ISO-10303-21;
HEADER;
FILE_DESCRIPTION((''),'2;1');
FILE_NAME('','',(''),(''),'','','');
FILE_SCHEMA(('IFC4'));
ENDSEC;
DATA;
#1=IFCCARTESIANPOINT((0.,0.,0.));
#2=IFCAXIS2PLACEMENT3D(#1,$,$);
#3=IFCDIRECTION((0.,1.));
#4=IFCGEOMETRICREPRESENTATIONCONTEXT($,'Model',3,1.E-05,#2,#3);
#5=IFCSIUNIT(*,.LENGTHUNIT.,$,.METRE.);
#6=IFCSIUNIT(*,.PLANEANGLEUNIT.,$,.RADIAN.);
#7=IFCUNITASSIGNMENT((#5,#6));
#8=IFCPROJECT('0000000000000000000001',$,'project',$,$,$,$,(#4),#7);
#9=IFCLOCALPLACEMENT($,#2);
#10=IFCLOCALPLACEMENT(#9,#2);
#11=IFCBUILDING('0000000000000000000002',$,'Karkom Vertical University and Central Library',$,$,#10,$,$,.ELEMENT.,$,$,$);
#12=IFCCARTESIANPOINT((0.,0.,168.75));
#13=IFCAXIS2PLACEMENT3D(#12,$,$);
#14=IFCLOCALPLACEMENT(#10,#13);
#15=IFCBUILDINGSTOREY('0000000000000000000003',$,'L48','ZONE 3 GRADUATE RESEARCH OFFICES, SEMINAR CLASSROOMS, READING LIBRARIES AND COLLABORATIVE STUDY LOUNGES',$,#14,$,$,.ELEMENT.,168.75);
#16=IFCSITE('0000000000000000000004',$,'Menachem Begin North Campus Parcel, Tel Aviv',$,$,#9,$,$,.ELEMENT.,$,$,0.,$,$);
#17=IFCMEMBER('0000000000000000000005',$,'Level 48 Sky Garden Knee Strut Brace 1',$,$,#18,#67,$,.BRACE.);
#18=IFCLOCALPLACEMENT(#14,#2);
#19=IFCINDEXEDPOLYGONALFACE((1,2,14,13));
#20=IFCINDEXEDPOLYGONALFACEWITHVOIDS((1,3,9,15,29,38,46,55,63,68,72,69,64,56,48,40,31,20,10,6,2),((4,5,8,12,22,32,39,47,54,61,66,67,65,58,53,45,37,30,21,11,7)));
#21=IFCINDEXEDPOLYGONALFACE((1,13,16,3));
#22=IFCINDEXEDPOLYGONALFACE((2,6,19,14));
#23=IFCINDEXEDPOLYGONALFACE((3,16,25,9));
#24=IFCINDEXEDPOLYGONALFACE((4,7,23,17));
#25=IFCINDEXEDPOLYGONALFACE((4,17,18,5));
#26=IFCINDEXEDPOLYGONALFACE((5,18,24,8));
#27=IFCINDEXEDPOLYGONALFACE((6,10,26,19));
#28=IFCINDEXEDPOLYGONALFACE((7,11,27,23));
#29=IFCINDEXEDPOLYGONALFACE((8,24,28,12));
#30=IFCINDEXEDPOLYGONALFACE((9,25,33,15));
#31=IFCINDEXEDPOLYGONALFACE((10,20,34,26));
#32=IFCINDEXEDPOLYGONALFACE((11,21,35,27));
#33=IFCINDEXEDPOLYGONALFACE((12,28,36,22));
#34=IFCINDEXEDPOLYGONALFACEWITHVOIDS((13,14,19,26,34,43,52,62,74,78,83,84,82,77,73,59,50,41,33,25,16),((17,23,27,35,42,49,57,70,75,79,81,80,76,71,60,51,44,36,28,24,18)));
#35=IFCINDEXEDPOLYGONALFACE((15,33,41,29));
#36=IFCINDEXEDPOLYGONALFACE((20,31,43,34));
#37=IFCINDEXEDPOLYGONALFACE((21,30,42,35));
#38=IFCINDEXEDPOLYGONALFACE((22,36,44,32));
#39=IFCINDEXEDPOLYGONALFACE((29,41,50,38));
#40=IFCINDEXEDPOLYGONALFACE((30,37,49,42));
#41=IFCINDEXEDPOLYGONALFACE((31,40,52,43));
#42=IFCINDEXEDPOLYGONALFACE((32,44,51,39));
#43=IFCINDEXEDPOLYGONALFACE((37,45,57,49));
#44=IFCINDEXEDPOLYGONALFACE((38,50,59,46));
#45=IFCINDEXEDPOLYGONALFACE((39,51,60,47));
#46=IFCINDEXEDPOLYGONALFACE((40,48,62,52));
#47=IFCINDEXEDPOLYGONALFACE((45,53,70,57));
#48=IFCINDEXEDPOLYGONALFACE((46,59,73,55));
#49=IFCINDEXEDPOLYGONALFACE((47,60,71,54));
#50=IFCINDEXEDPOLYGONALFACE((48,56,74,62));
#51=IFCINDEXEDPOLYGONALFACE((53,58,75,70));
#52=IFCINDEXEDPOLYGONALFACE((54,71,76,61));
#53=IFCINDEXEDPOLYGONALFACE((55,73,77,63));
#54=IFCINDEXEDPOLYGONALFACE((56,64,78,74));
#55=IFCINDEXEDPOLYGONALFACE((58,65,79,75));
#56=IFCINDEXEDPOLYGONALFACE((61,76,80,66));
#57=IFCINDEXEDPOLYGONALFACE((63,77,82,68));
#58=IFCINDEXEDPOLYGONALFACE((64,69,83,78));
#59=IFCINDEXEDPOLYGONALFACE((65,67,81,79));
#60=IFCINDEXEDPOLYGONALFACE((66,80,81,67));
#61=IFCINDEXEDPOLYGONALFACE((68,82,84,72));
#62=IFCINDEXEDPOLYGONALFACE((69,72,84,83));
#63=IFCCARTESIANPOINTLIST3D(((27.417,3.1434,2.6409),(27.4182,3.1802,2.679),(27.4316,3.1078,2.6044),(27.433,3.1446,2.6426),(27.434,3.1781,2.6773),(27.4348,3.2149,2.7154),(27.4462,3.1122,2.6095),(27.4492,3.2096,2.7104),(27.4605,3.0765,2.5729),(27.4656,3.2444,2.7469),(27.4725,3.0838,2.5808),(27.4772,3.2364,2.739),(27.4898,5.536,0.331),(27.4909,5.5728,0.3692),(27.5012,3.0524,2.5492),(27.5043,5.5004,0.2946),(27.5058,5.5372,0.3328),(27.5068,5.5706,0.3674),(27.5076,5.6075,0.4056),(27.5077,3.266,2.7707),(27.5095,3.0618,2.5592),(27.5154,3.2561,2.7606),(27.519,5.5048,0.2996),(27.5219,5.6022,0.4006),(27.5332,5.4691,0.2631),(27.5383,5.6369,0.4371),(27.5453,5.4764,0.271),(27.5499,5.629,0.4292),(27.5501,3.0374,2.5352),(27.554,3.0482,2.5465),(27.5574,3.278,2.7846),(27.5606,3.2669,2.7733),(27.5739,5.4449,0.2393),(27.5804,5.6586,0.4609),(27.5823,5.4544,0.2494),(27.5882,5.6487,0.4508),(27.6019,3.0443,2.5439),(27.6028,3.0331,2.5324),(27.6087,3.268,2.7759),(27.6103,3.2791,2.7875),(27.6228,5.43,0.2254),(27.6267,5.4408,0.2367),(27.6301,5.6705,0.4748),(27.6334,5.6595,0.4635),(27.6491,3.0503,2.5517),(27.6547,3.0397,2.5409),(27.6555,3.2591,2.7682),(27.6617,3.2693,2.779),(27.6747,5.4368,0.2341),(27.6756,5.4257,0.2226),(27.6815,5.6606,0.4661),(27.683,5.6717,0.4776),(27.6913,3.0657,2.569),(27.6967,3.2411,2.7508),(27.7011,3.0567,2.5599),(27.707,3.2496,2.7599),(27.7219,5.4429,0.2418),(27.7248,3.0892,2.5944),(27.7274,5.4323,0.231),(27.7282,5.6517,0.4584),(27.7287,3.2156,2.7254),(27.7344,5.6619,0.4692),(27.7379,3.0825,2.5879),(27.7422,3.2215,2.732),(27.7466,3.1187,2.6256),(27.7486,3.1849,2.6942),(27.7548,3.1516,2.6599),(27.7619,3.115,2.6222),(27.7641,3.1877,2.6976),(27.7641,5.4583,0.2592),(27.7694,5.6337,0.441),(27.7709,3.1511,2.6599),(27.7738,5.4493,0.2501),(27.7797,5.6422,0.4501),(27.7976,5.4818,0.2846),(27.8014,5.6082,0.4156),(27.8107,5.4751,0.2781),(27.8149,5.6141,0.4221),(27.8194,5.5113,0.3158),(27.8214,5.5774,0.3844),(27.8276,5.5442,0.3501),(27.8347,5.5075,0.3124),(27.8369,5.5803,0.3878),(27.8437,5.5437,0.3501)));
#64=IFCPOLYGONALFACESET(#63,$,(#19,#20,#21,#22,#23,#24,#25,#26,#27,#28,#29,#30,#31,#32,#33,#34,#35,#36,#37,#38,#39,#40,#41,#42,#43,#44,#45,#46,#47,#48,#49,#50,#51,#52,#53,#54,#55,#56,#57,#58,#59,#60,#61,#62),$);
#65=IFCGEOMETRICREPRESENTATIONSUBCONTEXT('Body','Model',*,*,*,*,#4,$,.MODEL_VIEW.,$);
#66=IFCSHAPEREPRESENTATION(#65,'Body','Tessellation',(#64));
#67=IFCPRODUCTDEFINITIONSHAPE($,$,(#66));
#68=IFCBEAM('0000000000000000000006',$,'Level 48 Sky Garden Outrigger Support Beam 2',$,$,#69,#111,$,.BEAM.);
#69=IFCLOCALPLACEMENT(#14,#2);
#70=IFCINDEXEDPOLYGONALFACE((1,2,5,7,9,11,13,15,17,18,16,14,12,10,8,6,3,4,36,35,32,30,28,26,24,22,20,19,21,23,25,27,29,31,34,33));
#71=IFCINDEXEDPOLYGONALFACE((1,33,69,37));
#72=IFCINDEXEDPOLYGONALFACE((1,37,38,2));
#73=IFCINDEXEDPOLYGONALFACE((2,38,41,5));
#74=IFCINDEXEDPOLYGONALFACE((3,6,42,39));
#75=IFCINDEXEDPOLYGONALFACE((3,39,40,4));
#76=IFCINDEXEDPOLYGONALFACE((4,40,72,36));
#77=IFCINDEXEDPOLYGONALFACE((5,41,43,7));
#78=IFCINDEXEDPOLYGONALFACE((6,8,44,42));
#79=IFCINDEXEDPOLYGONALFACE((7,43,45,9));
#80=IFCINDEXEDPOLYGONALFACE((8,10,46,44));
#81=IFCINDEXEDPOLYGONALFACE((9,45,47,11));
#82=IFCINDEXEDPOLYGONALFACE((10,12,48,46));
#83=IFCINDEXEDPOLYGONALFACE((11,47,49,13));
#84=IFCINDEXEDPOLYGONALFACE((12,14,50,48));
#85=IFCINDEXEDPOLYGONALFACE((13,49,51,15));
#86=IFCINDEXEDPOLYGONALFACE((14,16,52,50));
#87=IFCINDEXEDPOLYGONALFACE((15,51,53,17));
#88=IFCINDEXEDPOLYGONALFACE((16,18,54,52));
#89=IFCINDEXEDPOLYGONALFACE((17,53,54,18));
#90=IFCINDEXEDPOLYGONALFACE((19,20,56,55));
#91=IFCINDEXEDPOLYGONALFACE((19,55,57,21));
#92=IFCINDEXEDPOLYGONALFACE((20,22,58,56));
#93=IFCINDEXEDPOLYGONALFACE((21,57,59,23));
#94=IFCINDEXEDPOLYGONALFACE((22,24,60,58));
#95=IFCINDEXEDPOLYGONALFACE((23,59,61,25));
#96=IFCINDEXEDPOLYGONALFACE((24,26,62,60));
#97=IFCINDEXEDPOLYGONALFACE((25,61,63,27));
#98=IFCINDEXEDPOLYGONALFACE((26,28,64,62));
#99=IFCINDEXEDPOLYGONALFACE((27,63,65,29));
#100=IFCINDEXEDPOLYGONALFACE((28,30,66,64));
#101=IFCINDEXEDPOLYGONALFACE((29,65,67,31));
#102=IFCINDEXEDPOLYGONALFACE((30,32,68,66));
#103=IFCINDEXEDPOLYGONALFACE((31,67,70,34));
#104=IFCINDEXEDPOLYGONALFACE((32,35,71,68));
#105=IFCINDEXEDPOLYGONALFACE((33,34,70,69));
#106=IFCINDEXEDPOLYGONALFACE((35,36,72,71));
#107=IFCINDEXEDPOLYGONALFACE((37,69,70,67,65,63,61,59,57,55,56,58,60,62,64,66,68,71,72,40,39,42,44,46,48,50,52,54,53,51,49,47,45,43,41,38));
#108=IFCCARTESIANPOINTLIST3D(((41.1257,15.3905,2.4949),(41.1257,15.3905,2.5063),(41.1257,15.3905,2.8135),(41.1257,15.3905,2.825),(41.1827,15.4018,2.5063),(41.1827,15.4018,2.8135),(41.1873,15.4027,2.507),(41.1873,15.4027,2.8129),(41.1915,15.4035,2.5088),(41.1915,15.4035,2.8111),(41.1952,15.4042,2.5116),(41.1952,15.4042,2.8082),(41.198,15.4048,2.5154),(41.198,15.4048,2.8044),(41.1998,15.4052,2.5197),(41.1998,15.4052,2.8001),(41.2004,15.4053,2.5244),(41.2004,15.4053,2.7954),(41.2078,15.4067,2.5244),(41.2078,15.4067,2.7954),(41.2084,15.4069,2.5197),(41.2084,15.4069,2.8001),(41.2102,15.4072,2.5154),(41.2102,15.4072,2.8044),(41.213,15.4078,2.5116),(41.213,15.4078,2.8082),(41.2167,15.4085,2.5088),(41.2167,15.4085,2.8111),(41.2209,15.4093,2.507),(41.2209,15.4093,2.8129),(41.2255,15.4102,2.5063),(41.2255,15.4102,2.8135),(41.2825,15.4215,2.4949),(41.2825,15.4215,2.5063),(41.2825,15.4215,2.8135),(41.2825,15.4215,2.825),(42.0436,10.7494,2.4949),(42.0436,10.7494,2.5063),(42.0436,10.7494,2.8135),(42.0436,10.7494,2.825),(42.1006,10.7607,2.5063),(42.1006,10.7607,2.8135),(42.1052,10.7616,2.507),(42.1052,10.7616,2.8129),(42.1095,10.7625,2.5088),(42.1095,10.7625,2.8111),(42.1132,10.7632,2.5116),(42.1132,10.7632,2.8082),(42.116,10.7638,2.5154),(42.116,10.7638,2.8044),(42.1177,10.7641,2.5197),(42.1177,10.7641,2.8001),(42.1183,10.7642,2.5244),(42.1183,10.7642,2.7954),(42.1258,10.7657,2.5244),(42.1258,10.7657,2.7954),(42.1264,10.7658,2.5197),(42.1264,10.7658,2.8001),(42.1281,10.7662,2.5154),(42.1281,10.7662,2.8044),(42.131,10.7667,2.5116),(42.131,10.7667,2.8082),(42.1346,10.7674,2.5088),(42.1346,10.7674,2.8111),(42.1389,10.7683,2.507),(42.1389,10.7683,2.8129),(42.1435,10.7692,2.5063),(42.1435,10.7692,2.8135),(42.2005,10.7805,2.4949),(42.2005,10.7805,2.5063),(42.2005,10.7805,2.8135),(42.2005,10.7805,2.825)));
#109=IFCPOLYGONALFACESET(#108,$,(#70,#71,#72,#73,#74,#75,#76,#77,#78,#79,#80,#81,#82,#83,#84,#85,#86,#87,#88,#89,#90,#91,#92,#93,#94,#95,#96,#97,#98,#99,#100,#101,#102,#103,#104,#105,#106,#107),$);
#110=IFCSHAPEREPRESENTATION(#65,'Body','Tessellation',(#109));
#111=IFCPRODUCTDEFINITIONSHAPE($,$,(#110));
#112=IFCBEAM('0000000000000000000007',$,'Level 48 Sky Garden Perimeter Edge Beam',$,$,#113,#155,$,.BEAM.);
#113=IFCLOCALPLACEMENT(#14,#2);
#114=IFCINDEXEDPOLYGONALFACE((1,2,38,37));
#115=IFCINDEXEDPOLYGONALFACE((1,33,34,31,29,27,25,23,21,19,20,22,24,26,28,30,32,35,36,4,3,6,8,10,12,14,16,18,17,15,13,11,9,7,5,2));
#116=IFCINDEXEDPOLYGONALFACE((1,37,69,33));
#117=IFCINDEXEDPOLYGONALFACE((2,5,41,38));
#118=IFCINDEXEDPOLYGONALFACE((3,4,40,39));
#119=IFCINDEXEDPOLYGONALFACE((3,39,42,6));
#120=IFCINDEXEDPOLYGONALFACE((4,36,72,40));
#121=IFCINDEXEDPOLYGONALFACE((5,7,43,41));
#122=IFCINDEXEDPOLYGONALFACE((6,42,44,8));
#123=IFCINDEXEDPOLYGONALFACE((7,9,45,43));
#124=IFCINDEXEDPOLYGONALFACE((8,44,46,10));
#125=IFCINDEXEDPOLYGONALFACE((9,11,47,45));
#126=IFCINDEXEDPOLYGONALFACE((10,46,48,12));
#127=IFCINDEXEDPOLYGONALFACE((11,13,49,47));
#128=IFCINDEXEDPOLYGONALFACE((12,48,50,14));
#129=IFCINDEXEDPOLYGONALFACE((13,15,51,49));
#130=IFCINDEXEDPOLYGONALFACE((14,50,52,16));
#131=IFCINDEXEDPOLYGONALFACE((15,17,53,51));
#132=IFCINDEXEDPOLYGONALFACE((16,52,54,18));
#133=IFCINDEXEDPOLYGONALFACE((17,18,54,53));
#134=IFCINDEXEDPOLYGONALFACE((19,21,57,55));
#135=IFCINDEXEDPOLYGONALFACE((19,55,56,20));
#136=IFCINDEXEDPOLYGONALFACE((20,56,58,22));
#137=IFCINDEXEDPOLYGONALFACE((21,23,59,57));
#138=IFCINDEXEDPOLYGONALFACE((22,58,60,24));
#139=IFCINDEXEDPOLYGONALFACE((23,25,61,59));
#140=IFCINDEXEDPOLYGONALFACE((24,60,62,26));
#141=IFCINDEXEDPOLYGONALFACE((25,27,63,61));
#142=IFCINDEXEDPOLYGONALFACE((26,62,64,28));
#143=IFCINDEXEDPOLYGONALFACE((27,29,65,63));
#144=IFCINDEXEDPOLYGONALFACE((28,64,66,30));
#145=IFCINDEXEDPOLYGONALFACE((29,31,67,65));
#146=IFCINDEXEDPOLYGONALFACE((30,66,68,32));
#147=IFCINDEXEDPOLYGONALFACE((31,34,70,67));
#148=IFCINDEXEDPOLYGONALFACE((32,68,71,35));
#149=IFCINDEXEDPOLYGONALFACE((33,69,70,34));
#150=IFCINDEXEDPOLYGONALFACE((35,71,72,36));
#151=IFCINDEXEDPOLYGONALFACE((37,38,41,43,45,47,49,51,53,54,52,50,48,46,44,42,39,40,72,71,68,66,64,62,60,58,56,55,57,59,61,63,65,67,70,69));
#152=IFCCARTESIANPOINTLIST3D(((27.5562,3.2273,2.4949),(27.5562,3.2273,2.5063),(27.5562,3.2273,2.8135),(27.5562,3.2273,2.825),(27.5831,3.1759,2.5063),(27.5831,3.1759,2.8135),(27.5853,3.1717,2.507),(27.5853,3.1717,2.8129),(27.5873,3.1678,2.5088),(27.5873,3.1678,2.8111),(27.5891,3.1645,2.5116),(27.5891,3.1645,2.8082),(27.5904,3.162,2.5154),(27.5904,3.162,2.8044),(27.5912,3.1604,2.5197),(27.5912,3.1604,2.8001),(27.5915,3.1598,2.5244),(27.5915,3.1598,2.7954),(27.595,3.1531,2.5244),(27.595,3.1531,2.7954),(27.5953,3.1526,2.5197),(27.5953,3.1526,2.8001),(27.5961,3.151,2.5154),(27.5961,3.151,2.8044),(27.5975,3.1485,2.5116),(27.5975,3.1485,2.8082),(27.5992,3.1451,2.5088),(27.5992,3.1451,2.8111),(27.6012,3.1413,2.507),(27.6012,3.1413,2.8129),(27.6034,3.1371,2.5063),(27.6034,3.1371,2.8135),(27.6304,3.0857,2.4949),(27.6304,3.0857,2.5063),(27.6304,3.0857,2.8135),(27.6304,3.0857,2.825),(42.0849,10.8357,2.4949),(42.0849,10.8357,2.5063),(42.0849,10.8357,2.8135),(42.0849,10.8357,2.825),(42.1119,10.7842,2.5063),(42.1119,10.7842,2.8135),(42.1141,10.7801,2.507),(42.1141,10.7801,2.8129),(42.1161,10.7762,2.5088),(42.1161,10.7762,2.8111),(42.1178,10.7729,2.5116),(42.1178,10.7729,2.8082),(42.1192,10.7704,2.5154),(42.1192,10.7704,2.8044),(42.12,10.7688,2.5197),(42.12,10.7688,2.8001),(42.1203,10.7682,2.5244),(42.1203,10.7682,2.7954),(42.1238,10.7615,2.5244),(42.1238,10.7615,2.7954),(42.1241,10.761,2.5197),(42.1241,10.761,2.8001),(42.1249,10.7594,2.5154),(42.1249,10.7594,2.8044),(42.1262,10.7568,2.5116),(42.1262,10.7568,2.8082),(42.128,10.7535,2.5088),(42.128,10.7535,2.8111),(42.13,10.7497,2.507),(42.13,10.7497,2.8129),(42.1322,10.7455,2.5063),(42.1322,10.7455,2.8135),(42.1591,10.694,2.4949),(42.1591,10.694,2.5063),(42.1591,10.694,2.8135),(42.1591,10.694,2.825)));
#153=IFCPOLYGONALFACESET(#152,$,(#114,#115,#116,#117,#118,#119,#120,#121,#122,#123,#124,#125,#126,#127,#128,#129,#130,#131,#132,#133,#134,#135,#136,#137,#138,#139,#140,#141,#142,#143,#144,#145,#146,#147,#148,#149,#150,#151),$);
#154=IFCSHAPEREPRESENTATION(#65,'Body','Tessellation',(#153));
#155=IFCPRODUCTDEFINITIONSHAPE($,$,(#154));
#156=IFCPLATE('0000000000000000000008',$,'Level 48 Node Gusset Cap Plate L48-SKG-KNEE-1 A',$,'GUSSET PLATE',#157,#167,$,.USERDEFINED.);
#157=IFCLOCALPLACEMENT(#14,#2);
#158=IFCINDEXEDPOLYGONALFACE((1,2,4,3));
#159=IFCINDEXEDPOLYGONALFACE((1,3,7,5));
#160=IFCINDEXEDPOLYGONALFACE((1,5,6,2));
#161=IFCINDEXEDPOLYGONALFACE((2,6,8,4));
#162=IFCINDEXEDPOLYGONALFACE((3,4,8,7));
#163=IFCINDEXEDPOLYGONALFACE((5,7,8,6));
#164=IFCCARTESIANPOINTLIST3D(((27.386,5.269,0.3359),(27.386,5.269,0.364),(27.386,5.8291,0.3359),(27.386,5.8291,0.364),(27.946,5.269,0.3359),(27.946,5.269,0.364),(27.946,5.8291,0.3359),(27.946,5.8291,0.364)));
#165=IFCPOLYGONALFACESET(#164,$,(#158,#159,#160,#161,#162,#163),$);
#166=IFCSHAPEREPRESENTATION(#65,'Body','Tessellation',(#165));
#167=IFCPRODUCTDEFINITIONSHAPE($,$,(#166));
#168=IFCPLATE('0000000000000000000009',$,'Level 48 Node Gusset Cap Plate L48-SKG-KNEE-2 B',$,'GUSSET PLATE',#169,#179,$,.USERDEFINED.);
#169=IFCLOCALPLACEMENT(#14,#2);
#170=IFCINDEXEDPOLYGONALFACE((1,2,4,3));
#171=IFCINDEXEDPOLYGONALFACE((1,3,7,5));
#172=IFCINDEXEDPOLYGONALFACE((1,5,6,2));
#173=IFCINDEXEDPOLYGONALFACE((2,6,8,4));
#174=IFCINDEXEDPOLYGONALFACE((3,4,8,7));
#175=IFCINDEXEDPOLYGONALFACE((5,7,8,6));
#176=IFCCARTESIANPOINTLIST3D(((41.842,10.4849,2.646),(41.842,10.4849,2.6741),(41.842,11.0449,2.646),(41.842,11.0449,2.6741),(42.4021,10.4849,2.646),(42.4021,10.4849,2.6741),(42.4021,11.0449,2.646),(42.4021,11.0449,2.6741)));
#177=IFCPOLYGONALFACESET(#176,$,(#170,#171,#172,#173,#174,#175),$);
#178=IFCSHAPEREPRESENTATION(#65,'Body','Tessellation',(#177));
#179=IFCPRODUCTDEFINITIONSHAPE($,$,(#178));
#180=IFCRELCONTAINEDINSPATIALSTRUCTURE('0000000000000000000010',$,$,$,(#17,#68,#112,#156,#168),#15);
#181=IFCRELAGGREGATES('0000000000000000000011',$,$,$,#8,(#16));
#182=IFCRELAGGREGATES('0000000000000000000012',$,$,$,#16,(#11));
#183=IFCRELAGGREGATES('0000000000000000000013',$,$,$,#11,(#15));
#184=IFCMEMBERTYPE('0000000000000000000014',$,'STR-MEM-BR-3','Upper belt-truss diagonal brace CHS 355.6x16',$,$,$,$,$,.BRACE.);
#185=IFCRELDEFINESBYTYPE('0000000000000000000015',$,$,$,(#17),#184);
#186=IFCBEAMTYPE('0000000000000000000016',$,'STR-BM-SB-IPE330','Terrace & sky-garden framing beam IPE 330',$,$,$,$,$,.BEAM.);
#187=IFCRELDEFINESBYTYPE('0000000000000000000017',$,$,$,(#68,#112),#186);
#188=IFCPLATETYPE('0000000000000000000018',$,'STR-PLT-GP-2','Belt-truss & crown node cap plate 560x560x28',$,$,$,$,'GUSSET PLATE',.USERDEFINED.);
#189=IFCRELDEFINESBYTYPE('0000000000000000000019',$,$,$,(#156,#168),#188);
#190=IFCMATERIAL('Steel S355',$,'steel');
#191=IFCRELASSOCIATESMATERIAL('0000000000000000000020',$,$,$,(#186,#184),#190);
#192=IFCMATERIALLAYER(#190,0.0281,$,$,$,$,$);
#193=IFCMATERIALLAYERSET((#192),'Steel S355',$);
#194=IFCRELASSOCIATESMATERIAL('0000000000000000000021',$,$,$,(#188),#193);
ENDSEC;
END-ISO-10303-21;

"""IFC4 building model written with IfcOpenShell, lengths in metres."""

from ifc_helpers import new_model, si_unit, direction, frame, origin, origin_with_axes, origin_2d, place, context, subcontext, project, spatial, rectangle, hollow_circle, i_section, extrude, source, transform, mapped, material, layer, layer_set, material_profile, profile_set, type_object, element, save


model = new_model("IFC4")

# Units and contexts
model_context = context("Model", 3, precision=1e-05, world=origin(), true_north=direction((0.0, 1.0)))
body_context = subcontext(model_context, "Body", "Model", "MODEL_VIEW")
ifc_project = project(units=[si_unit("LENGTHUNIT", "METRE"), si_unit("PLANEANGLEUNIT", "RADIAN")], contexts=[model_context])

# Site, building, storey
site_placement = place(None, origin())
site = spatial("IfcSite", under=ifc_project, at=site_placement, Name="Menachem Begin North Campus Parcel, Tel Aviv", CompositionType="ELEMENT", RefElevation=0.0)
building_placement = place(site_placement, origin())
building = spatial("IfcBuilding", under=site, at=building_placement, Name="Karkom Vertical University and Central Library", CompositionType="ELEMENT")
storey_placement = place(building_placement, frame((0.0, 0.0, 168.75)))
storey = spatial("IfcBuildingStorey", under=building, at=storey_placement, Name="L48", Description="ZONE 3 GRADUATE RESEARCH OFFICES, SEMINAR CLASSROOMS, READING LIBRARIES AND COLLABORATIVE STUDY LOUNGES", CompositionType="ELEMENT", Elevation=168.75)

# Shared definitions
ifc_material_1 = material(Name="Steel S355", Category="steel")
ifc_material_profile_1 = material_profile(ifc_material_1, i_section(OverallWidth=0.1599, OverallDepth=0.3301, WebThickness=0.0076, FlangeThickness=0.0115, FilletRadius=0.0181, at=origin_2d()), Name="IPE 330")
ifc_profile_set_1 = profile_set([ifc_material_profile_1], Name="Steel S355")
beam_type_1 = type_object("IfcBeamType", Name="STR-BM-SB-IPE330", Description="Terrace & sky-garden framing beam IPE 330", PredefinedType="BEAM", material=ifc_profile_set_1)

# Member
ifc_material_profile_2 = material_profile(ifc_material_1, hollow_circle(Radius=0.1777, WallThickness=0.0161, at=origin_2d()), Name="CHS 355.6x16")
ifc_profile_set_2 = profile_set([ifc_material_profile_2], Name="Steel S355")
member_type = type_object("IfcMemberType", Name="STR-MEM-BR-3", Description="Upper belt-truss diagonal brace CHS 355.6x16", PredefinedType="BRACE", material=ifc_profile_set_2)
shared_shape_1 = source(origin_with_axes(), body_context, "Body", "SweptSolid", [
    extrude(hollow_circle(Radius=0.1777, WallThickness=0.0161, at=origin_2d()), origin(), (0.0, 0.0, 1.0), 3.3264),
])
member_placement = place(storey_placement, frame((27.666, 5.5491, 0.3501), z_axis=(-0.021872, -0.719269, 0.694388), x_axis=(0.999538, -0.030394, 0.0)))
element("IfcMember", 1, at=member_placement, inside=storey, type_object=member_type, Name="Level 48 Sky Garden Knee Strut Brace 1", PredefinedType="BRACE", context=body_context, shape_type="MappedRepresentation", body=[
    mapped(shared_shape_1, transform((0.0, 0.0, 0.0), scale=1.0)),
])

# Beams
shared_shape_2 = source(origin_with_axes(), body_context, "Body", "SweptSolid", [
    extrude(i_section(OverallWidth=0.1599, OverallDepth=0.3301, WebThickness=0.0076, FlangeThickness=0.0115, FilletRadius=0.0181, at=origin_2d()), origin(), (0.0, 0.0, 1.0), 4.731),
])
beam_1_placement = place(storey_placement, frame((41.2041, 15.406, 2.6599), z_axis=(0.194032, -0.980995, 0.0), x_axis=(0.980995, 0.194032, 0.0)))
element("IfcBeam", 2, at=beam_1_placement, inside=storey, type_object=beam_type_1, Name="Level 48 Sky Garden Outrigger Support Beam 2", PredefinedType="BEAM", context=body_context, shape_type="MappedRepresentation", body=[
    mapped(shared_shape_2, transform((0.0, 0.0, 0.0), scale=1.0)),
])
shared_shape_3 = source(origin_with_axes(), body_context, "Body", "SweptSolid", [
    extrude(i_section(OverallWidth=0.1599, OverallDepth=0.3301, WebThickness=0.0076, FlangeThickness=0.0115, FilletRadius=0.0181, at=origin_2d()), origin(), (0.0, 0.0, 1.0), 16.4004),
])
beam_2_placement = place(storey_placement, frame((27.5933, 3.1565, 2.6599), z_axis=(0.88588, 0.463915, 0.0), x_axis=(-0.463915, 0.88588, 0.0)))
element("IfcBeam", 3, at=beam_2_placement, inside=storey, type_object=beam_type_1, Name="Level 48 Sky Garden Perimeter Edge Beam", PredefinedType="BEAM", context=body_context, shape_type="MappedRepresentation", body=[
    mapped(shared_shape_3, transform((0.0, 0.0, 0.0), scale=1.0)),
])

# Plates
ifc_layer_1 = layer(ifc_material_1, 0.0281)
ifc_layer_set_1 = layer_set([ifc_layer_1], Name="Steel S355")
plate_type = type_object("IfcPlateType", Name="STR-PLT-GP-2", Description="Belt-truss & crown node cap plate 560x560x28", ElementType="GUSSET PLATE", PredefinedType="USERDEFINED", material=ifc_layer_set_1)
shared_shape_4 = source(origin_with_axes(), body_context, "Body", "SweptSolid", [
    extrude(rectangle(XDim=0.5601, YDim=0.5601, at=origin_2d()), origin(), (0.0, 0.0, 1.0), 0.0281),
])
for number, where, z_axis, x_axis, name in (
    (4, (27.666, 5.5491, 0.3359), (0.0, 0.0, 1.0), (1.0, 0.0, 0.0), "Level 48 Node Gusset Cap Plate L48-SKG-KNEE-1 A"),
    (5, (42.1221, 10.7649, 2.646), (0.0, 0.0, 1.0), (1.0, 0.0, 0.0), "Level 48 Node Gusset Cap Plate L48-SKG-KNEE-2 B"),
):
    element("IfcPlate", number, at=place(storey_placement, frame(where, z_axis=z_axis, x_axis=x_axis)), inside=storey, type_object=plate_type, Name=name, ObjectType="GUSSET PLATE", PredefinedType="USERDEFINED", context=body_context, shape_type="MappedRepresentation", body=[
        mapped(shared_shape_4, transform((0.0, 0.0, 0.0), scale=1.0)),
    ])

save(model, "model.ifc")
